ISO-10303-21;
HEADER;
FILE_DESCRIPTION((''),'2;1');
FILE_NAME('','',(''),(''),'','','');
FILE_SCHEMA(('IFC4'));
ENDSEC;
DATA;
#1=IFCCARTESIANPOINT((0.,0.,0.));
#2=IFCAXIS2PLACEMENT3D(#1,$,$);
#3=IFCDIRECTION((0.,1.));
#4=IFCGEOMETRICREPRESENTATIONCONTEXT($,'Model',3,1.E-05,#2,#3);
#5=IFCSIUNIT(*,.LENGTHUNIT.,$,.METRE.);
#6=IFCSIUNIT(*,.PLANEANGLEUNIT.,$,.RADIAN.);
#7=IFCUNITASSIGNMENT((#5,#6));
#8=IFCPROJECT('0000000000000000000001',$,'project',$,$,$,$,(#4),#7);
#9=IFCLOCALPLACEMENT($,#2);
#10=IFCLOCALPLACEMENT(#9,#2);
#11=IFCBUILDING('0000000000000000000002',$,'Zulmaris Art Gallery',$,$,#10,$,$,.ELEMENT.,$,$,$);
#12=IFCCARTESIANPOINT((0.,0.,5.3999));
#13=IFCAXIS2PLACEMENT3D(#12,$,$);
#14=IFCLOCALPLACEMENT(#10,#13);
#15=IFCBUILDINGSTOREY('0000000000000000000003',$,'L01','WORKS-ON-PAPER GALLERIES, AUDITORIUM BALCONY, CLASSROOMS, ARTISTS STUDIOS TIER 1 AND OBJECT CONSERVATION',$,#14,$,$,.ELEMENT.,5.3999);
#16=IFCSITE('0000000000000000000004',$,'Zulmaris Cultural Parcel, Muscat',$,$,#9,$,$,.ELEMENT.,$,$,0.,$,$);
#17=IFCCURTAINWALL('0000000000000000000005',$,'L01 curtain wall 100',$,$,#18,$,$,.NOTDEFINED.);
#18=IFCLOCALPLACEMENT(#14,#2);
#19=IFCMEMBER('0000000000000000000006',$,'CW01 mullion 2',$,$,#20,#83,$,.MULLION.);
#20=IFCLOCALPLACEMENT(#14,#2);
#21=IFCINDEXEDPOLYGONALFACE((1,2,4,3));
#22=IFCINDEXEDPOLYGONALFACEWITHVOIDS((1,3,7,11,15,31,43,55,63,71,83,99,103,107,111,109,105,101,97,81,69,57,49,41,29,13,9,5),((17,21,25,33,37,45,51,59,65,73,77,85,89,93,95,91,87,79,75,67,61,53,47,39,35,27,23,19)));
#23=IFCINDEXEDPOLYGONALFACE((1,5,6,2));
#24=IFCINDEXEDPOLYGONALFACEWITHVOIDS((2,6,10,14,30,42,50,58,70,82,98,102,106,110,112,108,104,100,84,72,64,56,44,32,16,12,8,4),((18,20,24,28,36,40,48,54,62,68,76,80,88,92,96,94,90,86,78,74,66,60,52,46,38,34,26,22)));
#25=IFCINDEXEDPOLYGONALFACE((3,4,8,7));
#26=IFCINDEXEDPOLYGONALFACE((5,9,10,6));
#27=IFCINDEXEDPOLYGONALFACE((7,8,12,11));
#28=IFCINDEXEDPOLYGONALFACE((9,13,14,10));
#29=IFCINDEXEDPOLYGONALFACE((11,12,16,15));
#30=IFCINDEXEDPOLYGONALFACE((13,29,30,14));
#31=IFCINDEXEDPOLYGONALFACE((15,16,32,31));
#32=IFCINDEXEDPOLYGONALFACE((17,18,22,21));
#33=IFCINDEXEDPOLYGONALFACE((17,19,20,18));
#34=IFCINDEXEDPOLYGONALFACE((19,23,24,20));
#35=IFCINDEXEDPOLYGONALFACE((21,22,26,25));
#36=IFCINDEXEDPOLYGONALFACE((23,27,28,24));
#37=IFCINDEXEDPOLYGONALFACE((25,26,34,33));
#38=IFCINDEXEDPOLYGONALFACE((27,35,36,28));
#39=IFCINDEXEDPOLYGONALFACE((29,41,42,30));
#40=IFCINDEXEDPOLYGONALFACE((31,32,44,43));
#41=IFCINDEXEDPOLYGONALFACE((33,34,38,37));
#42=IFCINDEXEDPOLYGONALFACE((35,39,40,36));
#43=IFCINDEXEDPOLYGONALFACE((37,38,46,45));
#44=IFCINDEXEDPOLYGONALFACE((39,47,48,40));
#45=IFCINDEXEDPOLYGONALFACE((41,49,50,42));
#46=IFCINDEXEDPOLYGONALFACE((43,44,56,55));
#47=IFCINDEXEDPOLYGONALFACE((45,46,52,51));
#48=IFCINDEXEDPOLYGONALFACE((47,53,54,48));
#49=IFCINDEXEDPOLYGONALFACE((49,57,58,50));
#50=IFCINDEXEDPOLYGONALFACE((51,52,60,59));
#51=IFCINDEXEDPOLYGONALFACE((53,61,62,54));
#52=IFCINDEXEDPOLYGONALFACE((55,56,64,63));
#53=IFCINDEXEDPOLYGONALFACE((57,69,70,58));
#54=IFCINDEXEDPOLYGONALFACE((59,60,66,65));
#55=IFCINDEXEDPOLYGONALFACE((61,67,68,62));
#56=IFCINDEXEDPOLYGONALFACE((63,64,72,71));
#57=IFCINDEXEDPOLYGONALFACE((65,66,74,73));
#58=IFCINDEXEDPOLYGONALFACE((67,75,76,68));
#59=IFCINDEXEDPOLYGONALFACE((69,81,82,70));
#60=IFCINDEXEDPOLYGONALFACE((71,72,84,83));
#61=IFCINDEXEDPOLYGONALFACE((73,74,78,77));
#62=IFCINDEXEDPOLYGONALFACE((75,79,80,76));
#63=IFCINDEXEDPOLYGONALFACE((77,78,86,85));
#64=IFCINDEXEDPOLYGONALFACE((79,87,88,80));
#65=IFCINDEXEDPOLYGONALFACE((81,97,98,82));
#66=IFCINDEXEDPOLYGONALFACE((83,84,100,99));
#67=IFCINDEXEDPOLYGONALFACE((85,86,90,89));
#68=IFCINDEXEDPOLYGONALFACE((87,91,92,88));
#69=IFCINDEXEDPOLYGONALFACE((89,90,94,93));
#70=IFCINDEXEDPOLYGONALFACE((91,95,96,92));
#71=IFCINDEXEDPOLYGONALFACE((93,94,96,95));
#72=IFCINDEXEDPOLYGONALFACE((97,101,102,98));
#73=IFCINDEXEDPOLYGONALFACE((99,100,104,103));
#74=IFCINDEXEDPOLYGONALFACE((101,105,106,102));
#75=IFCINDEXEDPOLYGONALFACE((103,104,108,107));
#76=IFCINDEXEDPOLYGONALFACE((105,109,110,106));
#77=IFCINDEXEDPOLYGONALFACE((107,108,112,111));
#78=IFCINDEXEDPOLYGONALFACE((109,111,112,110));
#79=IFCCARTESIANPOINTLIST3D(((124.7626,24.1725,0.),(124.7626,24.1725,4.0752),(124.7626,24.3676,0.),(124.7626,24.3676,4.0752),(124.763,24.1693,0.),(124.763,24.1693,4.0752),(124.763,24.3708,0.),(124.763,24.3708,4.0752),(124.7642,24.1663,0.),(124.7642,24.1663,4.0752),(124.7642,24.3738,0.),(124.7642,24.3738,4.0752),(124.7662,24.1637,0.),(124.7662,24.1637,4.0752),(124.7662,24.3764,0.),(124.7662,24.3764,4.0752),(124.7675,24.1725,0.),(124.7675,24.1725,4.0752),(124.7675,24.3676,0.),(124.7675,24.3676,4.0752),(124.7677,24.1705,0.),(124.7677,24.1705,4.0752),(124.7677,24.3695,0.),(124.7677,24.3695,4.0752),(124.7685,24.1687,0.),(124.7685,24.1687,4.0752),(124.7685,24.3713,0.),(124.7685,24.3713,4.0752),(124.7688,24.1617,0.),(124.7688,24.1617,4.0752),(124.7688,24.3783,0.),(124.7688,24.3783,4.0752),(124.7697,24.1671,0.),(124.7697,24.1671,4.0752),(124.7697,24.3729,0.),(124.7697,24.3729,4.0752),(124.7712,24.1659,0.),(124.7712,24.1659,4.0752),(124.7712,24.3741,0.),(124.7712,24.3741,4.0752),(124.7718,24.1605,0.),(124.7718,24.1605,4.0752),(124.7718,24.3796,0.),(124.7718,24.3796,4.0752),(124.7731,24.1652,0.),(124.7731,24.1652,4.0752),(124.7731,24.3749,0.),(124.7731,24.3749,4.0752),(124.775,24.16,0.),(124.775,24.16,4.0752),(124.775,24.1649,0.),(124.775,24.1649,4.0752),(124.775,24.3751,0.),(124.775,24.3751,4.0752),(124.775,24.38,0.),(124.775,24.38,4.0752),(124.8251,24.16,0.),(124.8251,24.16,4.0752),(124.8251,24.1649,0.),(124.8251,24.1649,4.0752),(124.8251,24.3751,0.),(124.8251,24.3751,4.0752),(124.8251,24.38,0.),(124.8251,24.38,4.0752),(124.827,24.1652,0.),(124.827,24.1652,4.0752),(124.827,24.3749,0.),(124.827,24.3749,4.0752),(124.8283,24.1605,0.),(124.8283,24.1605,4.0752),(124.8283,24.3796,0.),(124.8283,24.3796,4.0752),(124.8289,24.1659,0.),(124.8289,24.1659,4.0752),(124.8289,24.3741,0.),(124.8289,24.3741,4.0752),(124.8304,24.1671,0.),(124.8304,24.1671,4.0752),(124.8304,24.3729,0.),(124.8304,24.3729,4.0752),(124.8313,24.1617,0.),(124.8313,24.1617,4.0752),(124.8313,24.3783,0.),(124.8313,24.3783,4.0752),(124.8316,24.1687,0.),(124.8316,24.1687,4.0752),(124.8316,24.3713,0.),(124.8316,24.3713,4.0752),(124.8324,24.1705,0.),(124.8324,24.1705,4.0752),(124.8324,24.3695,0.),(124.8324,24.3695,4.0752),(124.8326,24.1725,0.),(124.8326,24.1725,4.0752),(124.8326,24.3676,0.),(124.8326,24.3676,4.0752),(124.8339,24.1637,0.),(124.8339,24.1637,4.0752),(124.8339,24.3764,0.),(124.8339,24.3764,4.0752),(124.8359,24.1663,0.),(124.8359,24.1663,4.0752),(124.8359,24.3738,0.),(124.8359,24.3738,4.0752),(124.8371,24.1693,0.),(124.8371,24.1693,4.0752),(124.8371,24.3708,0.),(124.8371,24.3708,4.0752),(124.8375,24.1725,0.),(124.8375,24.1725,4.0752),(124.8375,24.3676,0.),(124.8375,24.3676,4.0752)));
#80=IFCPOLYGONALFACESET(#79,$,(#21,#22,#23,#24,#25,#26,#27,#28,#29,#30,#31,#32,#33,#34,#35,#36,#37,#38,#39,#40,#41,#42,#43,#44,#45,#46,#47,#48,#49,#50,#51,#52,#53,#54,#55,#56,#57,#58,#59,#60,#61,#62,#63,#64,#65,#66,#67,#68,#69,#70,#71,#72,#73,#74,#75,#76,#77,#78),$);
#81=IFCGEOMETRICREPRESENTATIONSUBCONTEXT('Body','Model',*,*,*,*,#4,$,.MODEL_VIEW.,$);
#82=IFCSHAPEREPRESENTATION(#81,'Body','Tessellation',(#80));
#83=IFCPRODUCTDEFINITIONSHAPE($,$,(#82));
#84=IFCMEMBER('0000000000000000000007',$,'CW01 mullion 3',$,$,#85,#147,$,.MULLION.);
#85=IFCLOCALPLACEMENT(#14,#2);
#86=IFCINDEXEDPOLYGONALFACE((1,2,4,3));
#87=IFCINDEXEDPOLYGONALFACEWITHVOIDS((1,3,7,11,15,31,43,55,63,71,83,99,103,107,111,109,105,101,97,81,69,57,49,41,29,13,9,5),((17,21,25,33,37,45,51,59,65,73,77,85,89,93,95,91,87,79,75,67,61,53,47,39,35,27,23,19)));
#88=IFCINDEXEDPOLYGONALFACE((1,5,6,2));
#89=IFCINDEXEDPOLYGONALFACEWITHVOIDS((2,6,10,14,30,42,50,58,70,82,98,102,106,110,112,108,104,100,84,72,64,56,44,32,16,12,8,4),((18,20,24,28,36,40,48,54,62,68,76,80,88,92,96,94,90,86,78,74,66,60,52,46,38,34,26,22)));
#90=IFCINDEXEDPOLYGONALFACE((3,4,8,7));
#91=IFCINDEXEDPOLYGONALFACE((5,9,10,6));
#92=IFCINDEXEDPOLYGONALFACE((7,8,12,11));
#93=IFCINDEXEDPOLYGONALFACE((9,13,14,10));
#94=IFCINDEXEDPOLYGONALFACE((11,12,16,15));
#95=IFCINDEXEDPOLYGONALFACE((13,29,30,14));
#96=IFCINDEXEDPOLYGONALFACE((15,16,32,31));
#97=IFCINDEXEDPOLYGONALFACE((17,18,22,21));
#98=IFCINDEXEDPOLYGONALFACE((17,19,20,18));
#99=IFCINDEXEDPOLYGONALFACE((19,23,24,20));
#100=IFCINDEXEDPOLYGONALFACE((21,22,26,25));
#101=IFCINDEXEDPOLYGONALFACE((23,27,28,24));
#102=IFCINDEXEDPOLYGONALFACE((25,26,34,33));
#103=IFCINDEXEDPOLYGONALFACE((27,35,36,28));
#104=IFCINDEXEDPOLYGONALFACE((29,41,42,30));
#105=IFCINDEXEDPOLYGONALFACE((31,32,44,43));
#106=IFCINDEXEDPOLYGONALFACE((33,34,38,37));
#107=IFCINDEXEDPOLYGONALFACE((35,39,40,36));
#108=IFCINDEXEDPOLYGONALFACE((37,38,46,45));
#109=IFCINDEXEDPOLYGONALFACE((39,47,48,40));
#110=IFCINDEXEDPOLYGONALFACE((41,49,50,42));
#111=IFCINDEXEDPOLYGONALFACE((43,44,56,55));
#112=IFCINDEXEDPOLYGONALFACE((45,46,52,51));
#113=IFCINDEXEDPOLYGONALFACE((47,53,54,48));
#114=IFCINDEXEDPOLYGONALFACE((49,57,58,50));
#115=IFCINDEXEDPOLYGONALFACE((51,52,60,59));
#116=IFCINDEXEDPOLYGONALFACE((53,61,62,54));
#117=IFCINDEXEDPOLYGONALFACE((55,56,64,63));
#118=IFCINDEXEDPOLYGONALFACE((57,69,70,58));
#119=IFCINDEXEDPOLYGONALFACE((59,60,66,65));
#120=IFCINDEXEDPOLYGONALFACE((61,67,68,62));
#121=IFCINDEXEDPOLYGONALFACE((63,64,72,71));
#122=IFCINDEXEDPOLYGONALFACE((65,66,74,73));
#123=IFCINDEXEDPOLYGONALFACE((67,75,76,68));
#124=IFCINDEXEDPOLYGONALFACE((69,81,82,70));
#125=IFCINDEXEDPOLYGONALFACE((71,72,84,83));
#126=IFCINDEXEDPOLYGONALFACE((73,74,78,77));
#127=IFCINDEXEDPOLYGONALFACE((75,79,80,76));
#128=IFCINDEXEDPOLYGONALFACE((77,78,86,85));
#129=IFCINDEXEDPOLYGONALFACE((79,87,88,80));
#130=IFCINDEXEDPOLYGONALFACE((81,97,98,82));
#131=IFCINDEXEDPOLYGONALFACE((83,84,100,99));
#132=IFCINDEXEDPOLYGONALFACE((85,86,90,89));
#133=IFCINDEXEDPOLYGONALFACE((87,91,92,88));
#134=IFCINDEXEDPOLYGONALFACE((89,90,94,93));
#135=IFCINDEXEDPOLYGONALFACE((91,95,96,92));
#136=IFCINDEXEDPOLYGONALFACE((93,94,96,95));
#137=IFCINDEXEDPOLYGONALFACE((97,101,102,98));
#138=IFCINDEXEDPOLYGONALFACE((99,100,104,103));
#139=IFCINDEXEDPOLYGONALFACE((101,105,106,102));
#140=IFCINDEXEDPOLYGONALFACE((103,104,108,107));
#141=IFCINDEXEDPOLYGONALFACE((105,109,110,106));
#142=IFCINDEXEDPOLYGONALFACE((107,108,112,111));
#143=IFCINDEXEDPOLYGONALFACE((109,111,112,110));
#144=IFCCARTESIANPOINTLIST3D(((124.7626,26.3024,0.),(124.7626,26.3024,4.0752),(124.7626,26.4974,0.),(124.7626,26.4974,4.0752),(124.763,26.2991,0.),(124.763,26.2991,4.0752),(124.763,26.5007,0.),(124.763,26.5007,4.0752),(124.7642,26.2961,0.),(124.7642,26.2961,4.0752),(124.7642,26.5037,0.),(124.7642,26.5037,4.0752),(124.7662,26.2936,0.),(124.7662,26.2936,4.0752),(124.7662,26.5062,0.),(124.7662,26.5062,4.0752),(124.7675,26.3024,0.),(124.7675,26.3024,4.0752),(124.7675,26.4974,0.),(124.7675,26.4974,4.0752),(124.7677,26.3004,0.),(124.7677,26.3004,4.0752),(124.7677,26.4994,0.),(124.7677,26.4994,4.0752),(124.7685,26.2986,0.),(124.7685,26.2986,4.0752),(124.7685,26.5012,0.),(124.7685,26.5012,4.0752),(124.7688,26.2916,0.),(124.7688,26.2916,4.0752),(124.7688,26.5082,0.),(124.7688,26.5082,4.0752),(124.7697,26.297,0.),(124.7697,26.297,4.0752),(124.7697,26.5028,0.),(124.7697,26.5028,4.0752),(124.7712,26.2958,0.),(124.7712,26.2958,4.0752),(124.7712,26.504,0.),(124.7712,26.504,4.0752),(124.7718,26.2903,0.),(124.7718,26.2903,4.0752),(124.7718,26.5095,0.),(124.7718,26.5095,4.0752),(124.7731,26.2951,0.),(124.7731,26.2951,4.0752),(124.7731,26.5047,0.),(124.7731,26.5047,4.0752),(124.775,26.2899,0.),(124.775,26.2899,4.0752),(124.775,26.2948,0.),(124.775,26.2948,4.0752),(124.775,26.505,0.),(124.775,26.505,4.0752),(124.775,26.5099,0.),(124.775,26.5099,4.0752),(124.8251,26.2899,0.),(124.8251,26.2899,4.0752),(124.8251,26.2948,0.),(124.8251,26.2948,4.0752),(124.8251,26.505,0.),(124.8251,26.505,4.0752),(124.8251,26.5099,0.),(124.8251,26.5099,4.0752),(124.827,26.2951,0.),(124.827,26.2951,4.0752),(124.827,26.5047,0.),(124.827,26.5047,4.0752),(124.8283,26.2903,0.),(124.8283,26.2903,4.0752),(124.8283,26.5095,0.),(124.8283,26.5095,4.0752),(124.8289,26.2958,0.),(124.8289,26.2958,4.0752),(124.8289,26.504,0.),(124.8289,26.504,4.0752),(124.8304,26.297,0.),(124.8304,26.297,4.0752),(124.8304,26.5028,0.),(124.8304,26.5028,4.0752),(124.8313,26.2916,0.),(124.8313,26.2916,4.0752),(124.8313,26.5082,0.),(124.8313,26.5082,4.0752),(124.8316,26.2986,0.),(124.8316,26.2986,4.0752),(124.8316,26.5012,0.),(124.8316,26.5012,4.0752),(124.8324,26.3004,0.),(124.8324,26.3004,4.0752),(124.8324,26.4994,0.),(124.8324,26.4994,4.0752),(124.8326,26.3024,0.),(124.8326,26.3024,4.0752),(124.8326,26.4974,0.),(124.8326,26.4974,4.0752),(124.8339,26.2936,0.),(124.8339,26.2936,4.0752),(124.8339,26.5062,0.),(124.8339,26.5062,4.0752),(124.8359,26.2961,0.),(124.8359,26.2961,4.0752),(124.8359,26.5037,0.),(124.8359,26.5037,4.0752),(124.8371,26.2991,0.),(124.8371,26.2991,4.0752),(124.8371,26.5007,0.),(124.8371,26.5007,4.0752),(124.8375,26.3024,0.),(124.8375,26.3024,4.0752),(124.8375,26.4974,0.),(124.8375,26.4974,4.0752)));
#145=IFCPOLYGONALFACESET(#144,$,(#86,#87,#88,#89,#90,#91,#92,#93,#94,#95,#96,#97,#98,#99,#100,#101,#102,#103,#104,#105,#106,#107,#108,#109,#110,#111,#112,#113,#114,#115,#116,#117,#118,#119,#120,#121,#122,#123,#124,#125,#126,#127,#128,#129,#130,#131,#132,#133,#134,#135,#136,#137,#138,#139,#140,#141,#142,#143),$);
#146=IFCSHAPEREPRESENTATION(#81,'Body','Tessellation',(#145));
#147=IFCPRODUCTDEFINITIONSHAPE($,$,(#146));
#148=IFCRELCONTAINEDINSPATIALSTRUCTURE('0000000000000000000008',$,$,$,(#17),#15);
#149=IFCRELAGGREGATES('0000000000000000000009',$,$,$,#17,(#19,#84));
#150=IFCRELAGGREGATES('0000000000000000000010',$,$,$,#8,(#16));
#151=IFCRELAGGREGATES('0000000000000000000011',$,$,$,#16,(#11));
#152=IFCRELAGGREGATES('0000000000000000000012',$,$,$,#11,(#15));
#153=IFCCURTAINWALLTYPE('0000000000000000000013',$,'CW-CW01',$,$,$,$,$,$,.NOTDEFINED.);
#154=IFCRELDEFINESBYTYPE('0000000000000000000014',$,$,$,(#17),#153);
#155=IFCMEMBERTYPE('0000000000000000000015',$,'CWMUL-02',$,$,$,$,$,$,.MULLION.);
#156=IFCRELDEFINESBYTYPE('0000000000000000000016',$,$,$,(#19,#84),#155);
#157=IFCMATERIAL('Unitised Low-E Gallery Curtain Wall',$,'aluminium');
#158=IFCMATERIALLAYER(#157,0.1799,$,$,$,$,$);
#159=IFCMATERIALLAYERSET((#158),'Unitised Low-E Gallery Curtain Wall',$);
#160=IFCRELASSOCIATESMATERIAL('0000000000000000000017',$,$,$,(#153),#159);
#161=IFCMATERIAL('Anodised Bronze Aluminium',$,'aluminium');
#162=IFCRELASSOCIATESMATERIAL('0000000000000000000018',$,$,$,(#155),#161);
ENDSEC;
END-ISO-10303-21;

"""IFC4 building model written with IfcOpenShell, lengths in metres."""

from ifc_helpers import new_model, si_unit, direction, frame, origin, origin_2d, place, context, subcontext, project, spatial, hollow_rectangle, extrude, material, layer, layer_set, material_profile, profile_set, type_object, element, aggregate, save


model = new_model("IFC4")

# Units and contexts
model_context = context("Model", 3, precision=1e-05, world=origin(), true_north=direction((0.0, 1.0)))
body_context = subcontext(model_context, "Body", "Model", "MODEL_VIEW")
ifc_project = project(units=[si_unit("LENGTHUNIT", "METRE"), si_unit("PLANEANGLEUNIT", "RADIAN")], contexts=[model_context])

# Site, building, storey
site_placement = place(None, origin())
site = spatial("IfcSite", under=ifc_project, at=site_placement, Name="Zulmaris Cultural Parcel, Muscat", CompositionType="ELEMENT", RefElevation=0.0)
building_placement = place(site_placement, origin())
building = spatial("IfcBuilding", under=site, at=building_placement, Name="Zulmaris Art Gallery", CompositionType="ELEMENT")
storey_placement = place(building_placement, frame((0.0, 0.0, 5.3999)))
storey = spatial("IfcBuildingStorey", under=building, at=storey_placement, Name="L01", Description="WORKS-ON-PAPER GALLERIES, AUDITORIUM BALCONY, CLASSROOMS, ARTISTS STUDIOS TIER 1 AND OBJECT CONSERVATION", CompositionType="ELEMENT", Elevation=5.3999)

# Curtain wall, members
ifc_material_1 = material(Name="Unitised Low-E Gallery Curtain Wall", Category="aluminium")
ifc_layer_1 = layer(ifc_material_1, 0.1799)
ifc_layer_set_1 = layer_set([ifc_layer_1], Name="Unitised Low-E Gallery Curtain Wall")
curtain_wall_type = type_object("IfcCurtainWallType", Name="CW-CW01", PredefinedType="NOTDEFINED", material=ifc_layer_set_1)
curtain_wall_placement = place(storey_placement, origin())
curtain_wall = element("IfcCurtainWall", 1, at=curtain_wall_placement, inside=storey, type_object=curtain_wall_type, Name="L01 curtain wall 100", PredefinedType="NOTDEFINED")
ifc_material_2 = material(Name="Anodised Bronze Aluminium", Category="aluminium")
ifc_material_profile_1 = material_profile(ifc_material_2, hollow_rectangle(XDim=0.075, YDim=0.22, WallThickness=0.0049, InnerFilletRadius=0.0076, OuterFilletRadius=0.0125, at=origin_2d()), Name="ALU 75x220x5")
ifc_profile_set_1 = profile_set([ifc_material_profile_1], Name="Anodised Bronze Aluminium")
member_type_1 = type_object("IfcMemberType", Name="CWMUL-02", PredefinedType="MULLION", material=ifc_profile_set_1)
member_1_placement = place(storey_placement, frame((124.8, 24.27, 0.0), z_axis=(0.0, 0.0, 1.0), x_axis=(-1.0, 0.0, 0.0)))
member_1 = element("IfcMember", 2, at=member_1_placement, type_object=member_type_1, Name="CW01 mullion 2", PredefinedType="MULLION", context=body_context, shape_type="SweptSolid", body=[
    extrude(hollow_rectangle(XDim=0.075, YDim=0.22, WallThickness=0.0049, InnerFilletRadius=0.0076, OuterFilletRadius=0.0125, at=origin_2d()), origin(), (0.0, 0.0, 1.0), 4.0752),
])
member_2_placement = place(storey_placement, frame((124.8, 26.3999, 0.0), z_axis=(0.0, 0.0, 1.0), x_axis=(-1.0, 0.0, 0.0)))
member_2 = element("IfcMember", 3, at=member_2_placement, type_object=member_type_1, Name="CW01 mullion 3", PredefinedType="MULLION", context=body_context, shape_type="SweptSolid", body=[
    extrude(hollow_rectangle(XDim=0.075, YDim=0.22, WallThickness=0.0049, InnerFilletRadius=0.0076, OuterFilletRadius=0.0125, at=origin_2d()), origin(), (0.0, 0.0, 1.0), 4.0752),
])
aggregate(curtain_wall, [member_1, member_2])

save(model, "model.ifc")
